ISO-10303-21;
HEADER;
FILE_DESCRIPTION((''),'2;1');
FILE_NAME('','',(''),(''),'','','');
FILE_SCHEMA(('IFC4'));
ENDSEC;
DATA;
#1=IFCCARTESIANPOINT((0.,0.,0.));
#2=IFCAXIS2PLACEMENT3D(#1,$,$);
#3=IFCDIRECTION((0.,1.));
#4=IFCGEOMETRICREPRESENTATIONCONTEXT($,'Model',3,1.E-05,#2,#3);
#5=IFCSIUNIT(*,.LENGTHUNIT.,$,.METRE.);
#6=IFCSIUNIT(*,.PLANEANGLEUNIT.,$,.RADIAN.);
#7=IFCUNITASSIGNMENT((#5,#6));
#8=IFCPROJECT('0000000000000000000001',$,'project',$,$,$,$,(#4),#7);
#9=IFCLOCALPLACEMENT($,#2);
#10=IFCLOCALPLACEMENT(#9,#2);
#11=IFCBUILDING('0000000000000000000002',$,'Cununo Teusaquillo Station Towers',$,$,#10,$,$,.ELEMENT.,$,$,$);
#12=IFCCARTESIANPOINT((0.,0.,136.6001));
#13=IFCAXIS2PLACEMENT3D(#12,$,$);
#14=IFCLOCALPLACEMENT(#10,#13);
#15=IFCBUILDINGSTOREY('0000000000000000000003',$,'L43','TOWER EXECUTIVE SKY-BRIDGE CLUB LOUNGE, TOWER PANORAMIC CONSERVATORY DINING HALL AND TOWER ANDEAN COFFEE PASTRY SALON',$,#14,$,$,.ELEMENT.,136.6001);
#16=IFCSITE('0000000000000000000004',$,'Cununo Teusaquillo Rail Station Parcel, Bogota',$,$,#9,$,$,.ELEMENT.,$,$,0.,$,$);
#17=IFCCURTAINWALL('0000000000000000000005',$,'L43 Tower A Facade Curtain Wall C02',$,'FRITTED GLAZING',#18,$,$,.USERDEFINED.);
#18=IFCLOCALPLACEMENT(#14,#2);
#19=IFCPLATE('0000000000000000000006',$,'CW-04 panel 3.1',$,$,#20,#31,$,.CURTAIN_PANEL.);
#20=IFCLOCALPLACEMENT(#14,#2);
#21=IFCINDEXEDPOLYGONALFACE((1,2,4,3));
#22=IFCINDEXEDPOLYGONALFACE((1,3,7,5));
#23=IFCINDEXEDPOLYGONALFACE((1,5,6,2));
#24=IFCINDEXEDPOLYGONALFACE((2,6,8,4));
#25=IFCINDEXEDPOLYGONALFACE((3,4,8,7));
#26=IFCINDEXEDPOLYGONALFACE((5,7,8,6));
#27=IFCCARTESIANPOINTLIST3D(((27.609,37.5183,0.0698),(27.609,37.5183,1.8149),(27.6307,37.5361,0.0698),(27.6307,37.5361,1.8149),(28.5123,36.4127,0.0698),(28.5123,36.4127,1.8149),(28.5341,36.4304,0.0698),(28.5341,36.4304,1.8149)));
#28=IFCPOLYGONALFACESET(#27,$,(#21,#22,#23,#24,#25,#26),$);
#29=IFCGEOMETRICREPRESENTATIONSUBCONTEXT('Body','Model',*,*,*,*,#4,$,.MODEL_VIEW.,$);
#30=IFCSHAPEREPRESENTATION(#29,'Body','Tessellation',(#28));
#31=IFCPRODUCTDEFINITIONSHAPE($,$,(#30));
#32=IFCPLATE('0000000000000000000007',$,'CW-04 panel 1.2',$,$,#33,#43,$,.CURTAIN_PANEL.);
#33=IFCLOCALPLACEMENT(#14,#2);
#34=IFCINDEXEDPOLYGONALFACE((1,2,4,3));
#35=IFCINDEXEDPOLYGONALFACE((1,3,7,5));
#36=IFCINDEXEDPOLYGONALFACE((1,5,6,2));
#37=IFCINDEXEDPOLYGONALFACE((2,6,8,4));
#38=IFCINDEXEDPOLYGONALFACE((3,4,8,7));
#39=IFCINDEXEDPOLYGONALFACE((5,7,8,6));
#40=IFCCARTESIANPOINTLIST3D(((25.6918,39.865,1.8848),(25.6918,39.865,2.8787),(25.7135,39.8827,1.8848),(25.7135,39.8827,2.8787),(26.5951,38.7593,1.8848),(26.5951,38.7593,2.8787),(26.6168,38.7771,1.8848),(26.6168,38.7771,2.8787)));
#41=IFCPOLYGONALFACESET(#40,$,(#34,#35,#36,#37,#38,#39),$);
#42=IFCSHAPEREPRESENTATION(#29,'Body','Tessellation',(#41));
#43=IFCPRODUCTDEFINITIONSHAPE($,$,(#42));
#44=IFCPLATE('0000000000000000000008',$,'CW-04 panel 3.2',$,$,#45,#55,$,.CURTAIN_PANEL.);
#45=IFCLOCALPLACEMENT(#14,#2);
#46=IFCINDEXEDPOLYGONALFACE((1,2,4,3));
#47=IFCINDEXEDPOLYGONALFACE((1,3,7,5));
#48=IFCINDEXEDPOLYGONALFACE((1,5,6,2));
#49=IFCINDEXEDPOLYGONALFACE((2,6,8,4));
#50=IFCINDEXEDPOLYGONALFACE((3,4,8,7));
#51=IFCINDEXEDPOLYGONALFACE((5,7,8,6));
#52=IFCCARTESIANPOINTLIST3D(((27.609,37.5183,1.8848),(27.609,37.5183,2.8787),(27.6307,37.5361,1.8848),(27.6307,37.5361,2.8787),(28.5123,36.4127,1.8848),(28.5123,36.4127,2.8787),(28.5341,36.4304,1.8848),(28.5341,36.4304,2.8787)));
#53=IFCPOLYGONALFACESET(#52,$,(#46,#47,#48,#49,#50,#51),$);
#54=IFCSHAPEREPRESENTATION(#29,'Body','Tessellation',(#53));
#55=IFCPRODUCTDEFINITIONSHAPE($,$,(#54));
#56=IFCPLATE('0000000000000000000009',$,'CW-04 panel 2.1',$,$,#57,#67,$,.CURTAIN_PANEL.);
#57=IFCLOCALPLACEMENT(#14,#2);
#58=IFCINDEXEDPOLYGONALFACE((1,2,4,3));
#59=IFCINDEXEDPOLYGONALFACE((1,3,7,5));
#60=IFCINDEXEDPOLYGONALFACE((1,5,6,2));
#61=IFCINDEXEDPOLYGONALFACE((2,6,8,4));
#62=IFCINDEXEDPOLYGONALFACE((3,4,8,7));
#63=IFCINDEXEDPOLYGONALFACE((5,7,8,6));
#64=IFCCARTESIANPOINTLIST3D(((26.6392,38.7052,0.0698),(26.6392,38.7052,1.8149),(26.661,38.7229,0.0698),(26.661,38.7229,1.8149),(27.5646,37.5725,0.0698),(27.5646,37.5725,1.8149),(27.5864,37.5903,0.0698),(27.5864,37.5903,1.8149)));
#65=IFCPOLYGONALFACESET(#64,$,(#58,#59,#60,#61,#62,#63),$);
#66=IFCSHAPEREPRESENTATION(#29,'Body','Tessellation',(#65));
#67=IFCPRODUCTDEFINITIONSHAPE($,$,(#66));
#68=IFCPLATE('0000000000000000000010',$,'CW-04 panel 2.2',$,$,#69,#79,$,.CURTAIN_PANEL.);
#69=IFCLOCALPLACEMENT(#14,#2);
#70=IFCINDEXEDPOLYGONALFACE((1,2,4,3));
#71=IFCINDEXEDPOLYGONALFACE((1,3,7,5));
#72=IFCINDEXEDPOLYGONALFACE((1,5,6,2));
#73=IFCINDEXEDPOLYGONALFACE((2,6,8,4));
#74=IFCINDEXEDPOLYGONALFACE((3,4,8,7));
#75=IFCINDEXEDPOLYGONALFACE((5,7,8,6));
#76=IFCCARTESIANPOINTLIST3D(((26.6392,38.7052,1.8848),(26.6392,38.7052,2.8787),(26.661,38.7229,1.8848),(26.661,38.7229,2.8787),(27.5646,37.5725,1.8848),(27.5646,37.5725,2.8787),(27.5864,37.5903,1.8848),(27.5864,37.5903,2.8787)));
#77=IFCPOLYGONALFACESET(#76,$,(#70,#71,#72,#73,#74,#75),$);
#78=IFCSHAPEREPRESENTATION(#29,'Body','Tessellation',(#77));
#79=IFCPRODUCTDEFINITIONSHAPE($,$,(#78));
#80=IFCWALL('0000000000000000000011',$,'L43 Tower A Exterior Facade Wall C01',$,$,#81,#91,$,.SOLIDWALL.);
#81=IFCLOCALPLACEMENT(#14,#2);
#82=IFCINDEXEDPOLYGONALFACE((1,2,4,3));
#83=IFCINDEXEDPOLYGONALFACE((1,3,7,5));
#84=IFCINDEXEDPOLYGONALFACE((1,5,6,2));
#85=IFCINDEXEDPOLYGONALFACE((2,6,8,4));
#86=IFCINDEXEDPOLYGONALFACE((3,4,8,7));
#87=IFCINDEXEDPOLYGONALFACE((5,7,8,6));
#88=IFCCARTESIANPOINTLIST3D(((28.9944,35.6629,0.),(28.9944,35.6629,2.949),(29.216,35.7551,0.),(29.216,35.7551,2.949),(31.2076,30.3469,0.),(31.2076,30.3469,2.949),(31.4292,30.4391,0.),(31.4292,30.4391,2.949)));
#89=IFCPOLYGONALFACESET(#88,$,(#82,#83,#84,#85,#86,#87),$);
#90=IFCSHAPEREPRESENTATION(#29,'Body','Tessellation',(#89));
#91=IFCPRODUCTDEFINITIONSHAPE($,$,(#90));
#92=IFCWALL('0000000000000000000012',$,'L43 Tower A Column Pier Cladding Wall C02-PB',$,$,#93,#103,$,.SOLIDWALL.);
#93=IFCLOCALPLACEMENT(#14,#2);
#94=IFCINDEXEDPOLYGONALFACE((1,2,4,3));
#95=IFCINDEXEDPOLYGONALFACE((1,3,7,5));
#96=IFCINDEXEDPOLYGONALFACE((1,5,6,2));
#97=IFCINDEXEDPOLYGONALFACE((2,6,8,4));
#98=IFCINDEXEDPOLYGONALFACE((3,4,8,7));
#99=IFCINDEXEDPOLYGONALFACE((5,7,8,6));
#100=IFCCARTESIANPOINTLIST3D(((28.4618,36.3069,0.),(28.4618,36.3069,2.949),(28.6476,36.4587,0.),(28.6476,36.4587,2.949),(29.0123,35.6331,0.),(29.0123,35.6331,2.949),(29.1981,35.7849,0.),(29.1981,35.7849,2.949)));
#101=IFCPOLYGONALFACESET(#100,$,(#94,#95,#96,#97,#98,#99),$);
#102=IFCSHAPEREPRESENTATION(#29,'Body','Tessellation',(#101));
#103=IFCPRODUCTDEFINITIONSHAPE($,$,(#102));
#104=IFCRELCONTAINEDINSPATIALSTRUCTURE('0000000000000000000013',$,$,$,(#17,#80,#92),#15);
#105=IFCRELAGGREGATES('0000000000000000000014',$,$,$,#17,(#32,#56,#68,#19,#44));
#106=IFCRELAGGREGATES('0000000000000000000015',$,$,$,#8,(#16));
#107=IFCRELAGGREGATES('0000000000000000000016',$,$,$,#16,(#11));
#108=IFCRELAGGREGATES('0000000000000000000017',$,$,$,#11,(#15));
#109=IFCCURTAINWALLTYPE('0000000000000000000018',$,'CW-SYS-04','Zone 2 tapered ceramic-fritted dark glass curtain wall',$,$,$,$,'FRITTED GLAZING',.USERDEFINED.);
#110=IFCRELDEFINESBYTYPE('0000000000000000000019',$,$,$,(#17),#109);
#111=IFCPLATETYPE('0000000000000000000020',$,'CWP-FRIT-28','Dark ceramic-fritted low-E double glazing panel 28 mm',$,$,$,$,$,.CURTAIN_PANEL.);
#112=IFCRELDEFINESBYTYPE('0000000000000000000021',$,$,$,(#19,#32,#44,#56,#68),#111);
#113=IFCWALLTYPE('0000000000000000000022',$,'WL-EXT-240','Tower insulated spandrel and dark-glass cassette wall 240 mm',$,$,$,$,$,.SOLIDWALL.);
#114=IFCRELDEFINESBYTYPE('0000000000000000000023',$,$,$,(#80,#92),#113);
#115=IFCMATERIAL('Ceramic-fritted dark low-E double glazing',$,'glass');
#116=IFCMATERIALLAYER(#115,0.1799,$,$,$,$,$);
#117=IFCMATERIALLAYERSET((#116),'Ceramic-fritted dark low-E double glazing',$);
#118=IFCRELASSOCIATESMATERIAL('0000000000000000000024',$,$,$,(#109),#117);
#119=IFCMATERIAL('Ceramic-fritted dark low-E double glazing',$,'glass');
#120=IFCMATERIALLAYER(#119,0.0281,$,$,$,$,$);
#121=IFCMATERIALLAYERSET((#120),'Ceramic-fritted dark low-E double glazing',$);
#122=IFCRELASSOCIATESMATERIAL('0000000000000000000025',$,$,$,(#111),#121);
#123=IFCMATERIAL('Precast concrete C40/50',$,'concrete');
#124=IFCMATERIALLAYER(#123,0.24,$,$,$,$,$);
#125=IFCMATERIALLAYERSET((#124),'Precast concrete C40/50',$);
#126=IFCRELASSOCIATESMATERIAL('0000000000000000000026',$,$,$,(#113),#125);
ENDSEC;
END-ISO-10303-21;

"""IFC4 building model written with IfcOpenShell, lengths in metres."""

from ifc_helpers import new_model, si_unit, direction, frame, frame_2d, origin, origin_2d, place, context, subcontext, project, spatial, rectangle, extrude, source, transform, mapped, material, layer, layer_set, type_object, element, aggregate, save


model = new_model("IFC4")

# Units and contexts
model_context = context("Model", 3, precision=1e-05, world=origin(), true_north=direction((0.0, 1.0)))
body_context = subcontext(model_context, "Body", "Model", "MODEL_VIEW")
ifc_project = project(units=[si_unit("LENGTHUNIT", "METRE"), si_unit("PLANEANGLEUNIT", "RADIAN")], contexts=[model_context])

# Site, building, storey
site_placement = place(None, origin())
site = spatial("IfcSite", under=ifc_project, at=site_placement, Name="Cununo Teusaquillo Rail Station Parcel, Bogota", CompositionType="ELEMENT", RefElevation=0.0)
building_placement = place(site_placement, origin())
building = spatial("IfcBuilding", under=site, at=building_placement, Name="Cununo Teusaquillo Station Towers", CompositionType="ELEMENT")
storey_placement = place(building_placement, frame((0.0, 0.0, 136.6001)))
storey = spatial("IfcBuildingStorey", under=building, at=storey_placement, Name="L43", Description="TOWER EXECUTIVE SKY-BRIDGE CLUB LOUNGE, TOWER PANORAMIC CONSERVATORY DINING HALL AND TOWER ANDEAN COFFEE PASTRY SALON", CompositionType="ELEMENT", Elevation=136.6001)

# Curtain wall
ifc_material_1 = material(Name="Ceramic-fritted dark low-E double glazing", Category="glass")
ifc_layer_1 = layer(ifc_material_1, 0.1799)
ifc_layer_set_1 = layer_set([ifc_layer_1], Name="Ceramic-fritted dark low-E double glazing")
curtain_wall_type = type_object("IfcCurtainWallType", Name="CW-SYS-04", Description="Zone 2 tapered ceramic-fritted dark glass curtain wall", ElementType="FRITTED GLAZING", PredefinedType="USERDEFINED", material=ifc_layer_set_1)
curtain_wall_placement = place(storey_placement, origin())
curtain_wall = element("IfcCurtainWall", 1, at=curtain_wall_placement, inside=storey, type_object=curtain_wall_type, Name="L43 Tower A Facade Curtain Wall C02", ObjectType="FRITTED GLAZING", PredefinedType="USERDEFINED")

# Plates
ifc_material_2 = material(Name="Ceramic-fritted dark low-E double glazing", Category="glass")
ifc_layer_2 = layer(ifc_material_2, 0.0281)
ifc_layer_set_2 = layer_set([ifc_layer_2], Name="Ceramic-fritted dark low-E double glazing")
plate_type = type_object("IfcPlateType", Name="CWP-FRIT-28", Description="Dark ceramic-fritted low-E double glazing panel 28 mm", PredefinedType="CURTAIN_PANEL", material=ifc_layer_set_2)
shared_shape_1 = source(origin(), body_context, "Body", "SweptSolid", [
    extrude(rectangle(XDim=1.4277, YDim=0.0281, at=origin_2d()), origin(), (0.0, 0.0, 1.0), 1.7451),
])
plate_1_placement = place(storey_placement, frame((28.0715, 36.9744, 0.0698), z_axis=(0.0, 0.0, 1.0), x_axis=(0.632704, -0.774394, 0.0)))
plate_1 = element("IfcPlate", 2, at=plate_1_placement, type_object=plate_type, Name="CW-04 panel 3.1", PredefinedType="CURTAIN_PANEL", context=body_context, shape_type="MappedRepresentation", body=[
    mapped(shared_shape_1, transform((0.0, 0.0, 0.0), x_axis=(1.0, 0.0, 0.0), y_axis=(0.0, 1.0, 0.0), z_axis=(0.0, 0.0, 1.0), scale=1.0)),
])
shared_shape_2 = source(origin(), body_context, "Body", "SweptSolid", [
    extrude(rectangle(XDim=1.4277, YDim=0.0281, at=origin_2d()), origin(), (0.0, 0.0, 1.0), 0.9939),
])
plate_2_placement = place(storey_placement, frame((26.1543, 39.321, 1.8848), z_axis=(0.0, 0.0, 1.0), x_axis=(0.632704, -0.774394, 0.0)))
plate_2 = element("IfcPlate", 3, at=plate_2_placement, type_object=plate_type, Name="CW-04 panel 1.2", PredefinedType="CURTAIN_PANEL", context=body_context, shape_type="MappedRepresentation", body=[
    mapped(shared_shape_2, transform((0.0, 0.0, 0.0), x_axis=(1.0, 0.0, 0.0), y_axis=(0.0, 1.0, 0.0), z_axis=(0.0, 0.0, 1.0), scale=1.0)),
])
plate_3_placement = place(storey_placement, frame((28.0715, 36.9744, 1.8848), z_axis=(0.0, 0.0, 1.0), x_axis=(0.632704, -0.774394, 0.0)))
plate_3 = element("IfcPlate", 4, at=plate_3_placement, type_object=plate_type, Name="CW-04 panel 3.2", PredefinedType="CURTAIN_PANEL", context=body_context, shape_type="MappedRepresentation", body=[
    mapped(shared_shape_2, transform((0.0, 0.0, 0.0), x_axis=(1.0, 0.0, 0.0), y_axis=(0.0, 1.0, 0.0), z_axis=(0.0, 0.0, 1.0), scale=1.0)),
])
shared_shape_3 = source(origin(), body_context, "Body", "SweptSolid", [
    extrude(rectangle(XDim=1.4626, YDim=0.0281, at=origin_2d()), origin(), (0.0, 0.0, 1.0), 1.7451),
])
plate_4_placement = place(storey_placement, frame((27.1128, 38.1477, 0.0698), z_axis=(0.0, 0.0, 1.0), x_axis=(0.632704, -0.774394, 0.0)))
plate_4 = element("IfcPlate", 5, at=plate_4_placement, type_object=plate_type, Name="CW-04 panel 2.1", PredefinedType="CURTAIN_PANEL", context=body_context, shape_type="MappedRepresentation", body=[
    mapped(shared_shape_3, transform((0.0, 0.0, 0.0), x_axis=(1.0, 0.0, 0.0), y_axis=(0.0, 1.0, 0.0), z_axis=(0.0, 0.0, 1.0), scale=1.0)),
])
shared_shape_4 = source(origin(), body_context, "Body", "SweptSolid", [
    extrude(rectangle(XDim=1.4626, YDim=0.0281, at=origin_2d()), origin(), (0.0, 0.0, 1.0), 0.9939),
])
plate_5_placement = place(storey_placement, frame((27.1128, 38.1477, 1.8848), z_axis=(0.0, 0.0, 1.0), x_axis=(0.632704, -0.774394, 0.0)))
plate_5 = element("IfcPlate", 6, at=plate_5_placement, type_object=plate_type, Name="CW-04 panel 2.2", PredefinedType="CURTAIN_PANEL", context=body_context, shape_type="MappedRepresentation", body=[
    mapped(shared_shape_4, transform((0.0, 0.0, 0.0), x_axis=(1.0, 0.0, 0.0), y_axis=(0.0, 1.0, 0.0), z_axis=(0.0, 0.0, 1.0), scale=1.0)),
])
aggregate(curtain_wall, [plate_2, plate_4, plate_5, plate_1, plate_3])

# Walls
ifc_material_3 = material(Name="Precast concrete C40/50", Category="concrete")
ifc_layer_3 = layer(ifc_material_3, 0.24)
ifc_layer_set_3 = layer_set([ifc_layer_3], Name="Precast concrete C40/50")
wall_type = type_object("IfcWallType", Name="WL-EXT-240", Description="Tower insulated spandrel and dark-glass cassette wall 240 mm", PredefinedType="SOLIDWALL", material=ifc_layer_set_3)
wall_1_placement = place(storey_placement, frame((29.1052, 35.709, 0.0), z_axis=(0.0, 0.0, 1.0), x_axis=(0.384344, -0.92319, 0.0)))
element("IfcWall", 7, at=wall_1_placement, inside=storey, type_object=wall_type, Name="L43 Tower A Exterior Facade Wall C01", PredefinedType="SOLIDWALL", context=body_context, shape_type="SweptSolid", body=[
    extrude(rectangle(XDim=5.7583, YDim=0.24, at=frame_2d((2.8792, 0.0))), origin(), (0.0, 0.0, 1.0), 2.949),
])
wall_2_placement = place(storey_placement, frame((28.5547, 36.3828, 0.0), z_axis=(0.0, 0.0, 1.0), x_axis=(0.632703, -0.774395, 0.0)))
element("IfcWall", 8, at=wall_2_placement, inside=storey, type_object=wall_type, Name="L43 Tower A Column Pier Cladding Wall C02-PB", PredefinedType="SOLIDWALL", context=body_context, shape_type="SweptSolid", body=[
    extrude(rectangle(XDim=0.8701, YDim=0.24, at=frame_2d((0.4351, 0.0))), origin(), (0.0, 0.0, 1.0), 2.949),
])

save(model, "model.ifc")
